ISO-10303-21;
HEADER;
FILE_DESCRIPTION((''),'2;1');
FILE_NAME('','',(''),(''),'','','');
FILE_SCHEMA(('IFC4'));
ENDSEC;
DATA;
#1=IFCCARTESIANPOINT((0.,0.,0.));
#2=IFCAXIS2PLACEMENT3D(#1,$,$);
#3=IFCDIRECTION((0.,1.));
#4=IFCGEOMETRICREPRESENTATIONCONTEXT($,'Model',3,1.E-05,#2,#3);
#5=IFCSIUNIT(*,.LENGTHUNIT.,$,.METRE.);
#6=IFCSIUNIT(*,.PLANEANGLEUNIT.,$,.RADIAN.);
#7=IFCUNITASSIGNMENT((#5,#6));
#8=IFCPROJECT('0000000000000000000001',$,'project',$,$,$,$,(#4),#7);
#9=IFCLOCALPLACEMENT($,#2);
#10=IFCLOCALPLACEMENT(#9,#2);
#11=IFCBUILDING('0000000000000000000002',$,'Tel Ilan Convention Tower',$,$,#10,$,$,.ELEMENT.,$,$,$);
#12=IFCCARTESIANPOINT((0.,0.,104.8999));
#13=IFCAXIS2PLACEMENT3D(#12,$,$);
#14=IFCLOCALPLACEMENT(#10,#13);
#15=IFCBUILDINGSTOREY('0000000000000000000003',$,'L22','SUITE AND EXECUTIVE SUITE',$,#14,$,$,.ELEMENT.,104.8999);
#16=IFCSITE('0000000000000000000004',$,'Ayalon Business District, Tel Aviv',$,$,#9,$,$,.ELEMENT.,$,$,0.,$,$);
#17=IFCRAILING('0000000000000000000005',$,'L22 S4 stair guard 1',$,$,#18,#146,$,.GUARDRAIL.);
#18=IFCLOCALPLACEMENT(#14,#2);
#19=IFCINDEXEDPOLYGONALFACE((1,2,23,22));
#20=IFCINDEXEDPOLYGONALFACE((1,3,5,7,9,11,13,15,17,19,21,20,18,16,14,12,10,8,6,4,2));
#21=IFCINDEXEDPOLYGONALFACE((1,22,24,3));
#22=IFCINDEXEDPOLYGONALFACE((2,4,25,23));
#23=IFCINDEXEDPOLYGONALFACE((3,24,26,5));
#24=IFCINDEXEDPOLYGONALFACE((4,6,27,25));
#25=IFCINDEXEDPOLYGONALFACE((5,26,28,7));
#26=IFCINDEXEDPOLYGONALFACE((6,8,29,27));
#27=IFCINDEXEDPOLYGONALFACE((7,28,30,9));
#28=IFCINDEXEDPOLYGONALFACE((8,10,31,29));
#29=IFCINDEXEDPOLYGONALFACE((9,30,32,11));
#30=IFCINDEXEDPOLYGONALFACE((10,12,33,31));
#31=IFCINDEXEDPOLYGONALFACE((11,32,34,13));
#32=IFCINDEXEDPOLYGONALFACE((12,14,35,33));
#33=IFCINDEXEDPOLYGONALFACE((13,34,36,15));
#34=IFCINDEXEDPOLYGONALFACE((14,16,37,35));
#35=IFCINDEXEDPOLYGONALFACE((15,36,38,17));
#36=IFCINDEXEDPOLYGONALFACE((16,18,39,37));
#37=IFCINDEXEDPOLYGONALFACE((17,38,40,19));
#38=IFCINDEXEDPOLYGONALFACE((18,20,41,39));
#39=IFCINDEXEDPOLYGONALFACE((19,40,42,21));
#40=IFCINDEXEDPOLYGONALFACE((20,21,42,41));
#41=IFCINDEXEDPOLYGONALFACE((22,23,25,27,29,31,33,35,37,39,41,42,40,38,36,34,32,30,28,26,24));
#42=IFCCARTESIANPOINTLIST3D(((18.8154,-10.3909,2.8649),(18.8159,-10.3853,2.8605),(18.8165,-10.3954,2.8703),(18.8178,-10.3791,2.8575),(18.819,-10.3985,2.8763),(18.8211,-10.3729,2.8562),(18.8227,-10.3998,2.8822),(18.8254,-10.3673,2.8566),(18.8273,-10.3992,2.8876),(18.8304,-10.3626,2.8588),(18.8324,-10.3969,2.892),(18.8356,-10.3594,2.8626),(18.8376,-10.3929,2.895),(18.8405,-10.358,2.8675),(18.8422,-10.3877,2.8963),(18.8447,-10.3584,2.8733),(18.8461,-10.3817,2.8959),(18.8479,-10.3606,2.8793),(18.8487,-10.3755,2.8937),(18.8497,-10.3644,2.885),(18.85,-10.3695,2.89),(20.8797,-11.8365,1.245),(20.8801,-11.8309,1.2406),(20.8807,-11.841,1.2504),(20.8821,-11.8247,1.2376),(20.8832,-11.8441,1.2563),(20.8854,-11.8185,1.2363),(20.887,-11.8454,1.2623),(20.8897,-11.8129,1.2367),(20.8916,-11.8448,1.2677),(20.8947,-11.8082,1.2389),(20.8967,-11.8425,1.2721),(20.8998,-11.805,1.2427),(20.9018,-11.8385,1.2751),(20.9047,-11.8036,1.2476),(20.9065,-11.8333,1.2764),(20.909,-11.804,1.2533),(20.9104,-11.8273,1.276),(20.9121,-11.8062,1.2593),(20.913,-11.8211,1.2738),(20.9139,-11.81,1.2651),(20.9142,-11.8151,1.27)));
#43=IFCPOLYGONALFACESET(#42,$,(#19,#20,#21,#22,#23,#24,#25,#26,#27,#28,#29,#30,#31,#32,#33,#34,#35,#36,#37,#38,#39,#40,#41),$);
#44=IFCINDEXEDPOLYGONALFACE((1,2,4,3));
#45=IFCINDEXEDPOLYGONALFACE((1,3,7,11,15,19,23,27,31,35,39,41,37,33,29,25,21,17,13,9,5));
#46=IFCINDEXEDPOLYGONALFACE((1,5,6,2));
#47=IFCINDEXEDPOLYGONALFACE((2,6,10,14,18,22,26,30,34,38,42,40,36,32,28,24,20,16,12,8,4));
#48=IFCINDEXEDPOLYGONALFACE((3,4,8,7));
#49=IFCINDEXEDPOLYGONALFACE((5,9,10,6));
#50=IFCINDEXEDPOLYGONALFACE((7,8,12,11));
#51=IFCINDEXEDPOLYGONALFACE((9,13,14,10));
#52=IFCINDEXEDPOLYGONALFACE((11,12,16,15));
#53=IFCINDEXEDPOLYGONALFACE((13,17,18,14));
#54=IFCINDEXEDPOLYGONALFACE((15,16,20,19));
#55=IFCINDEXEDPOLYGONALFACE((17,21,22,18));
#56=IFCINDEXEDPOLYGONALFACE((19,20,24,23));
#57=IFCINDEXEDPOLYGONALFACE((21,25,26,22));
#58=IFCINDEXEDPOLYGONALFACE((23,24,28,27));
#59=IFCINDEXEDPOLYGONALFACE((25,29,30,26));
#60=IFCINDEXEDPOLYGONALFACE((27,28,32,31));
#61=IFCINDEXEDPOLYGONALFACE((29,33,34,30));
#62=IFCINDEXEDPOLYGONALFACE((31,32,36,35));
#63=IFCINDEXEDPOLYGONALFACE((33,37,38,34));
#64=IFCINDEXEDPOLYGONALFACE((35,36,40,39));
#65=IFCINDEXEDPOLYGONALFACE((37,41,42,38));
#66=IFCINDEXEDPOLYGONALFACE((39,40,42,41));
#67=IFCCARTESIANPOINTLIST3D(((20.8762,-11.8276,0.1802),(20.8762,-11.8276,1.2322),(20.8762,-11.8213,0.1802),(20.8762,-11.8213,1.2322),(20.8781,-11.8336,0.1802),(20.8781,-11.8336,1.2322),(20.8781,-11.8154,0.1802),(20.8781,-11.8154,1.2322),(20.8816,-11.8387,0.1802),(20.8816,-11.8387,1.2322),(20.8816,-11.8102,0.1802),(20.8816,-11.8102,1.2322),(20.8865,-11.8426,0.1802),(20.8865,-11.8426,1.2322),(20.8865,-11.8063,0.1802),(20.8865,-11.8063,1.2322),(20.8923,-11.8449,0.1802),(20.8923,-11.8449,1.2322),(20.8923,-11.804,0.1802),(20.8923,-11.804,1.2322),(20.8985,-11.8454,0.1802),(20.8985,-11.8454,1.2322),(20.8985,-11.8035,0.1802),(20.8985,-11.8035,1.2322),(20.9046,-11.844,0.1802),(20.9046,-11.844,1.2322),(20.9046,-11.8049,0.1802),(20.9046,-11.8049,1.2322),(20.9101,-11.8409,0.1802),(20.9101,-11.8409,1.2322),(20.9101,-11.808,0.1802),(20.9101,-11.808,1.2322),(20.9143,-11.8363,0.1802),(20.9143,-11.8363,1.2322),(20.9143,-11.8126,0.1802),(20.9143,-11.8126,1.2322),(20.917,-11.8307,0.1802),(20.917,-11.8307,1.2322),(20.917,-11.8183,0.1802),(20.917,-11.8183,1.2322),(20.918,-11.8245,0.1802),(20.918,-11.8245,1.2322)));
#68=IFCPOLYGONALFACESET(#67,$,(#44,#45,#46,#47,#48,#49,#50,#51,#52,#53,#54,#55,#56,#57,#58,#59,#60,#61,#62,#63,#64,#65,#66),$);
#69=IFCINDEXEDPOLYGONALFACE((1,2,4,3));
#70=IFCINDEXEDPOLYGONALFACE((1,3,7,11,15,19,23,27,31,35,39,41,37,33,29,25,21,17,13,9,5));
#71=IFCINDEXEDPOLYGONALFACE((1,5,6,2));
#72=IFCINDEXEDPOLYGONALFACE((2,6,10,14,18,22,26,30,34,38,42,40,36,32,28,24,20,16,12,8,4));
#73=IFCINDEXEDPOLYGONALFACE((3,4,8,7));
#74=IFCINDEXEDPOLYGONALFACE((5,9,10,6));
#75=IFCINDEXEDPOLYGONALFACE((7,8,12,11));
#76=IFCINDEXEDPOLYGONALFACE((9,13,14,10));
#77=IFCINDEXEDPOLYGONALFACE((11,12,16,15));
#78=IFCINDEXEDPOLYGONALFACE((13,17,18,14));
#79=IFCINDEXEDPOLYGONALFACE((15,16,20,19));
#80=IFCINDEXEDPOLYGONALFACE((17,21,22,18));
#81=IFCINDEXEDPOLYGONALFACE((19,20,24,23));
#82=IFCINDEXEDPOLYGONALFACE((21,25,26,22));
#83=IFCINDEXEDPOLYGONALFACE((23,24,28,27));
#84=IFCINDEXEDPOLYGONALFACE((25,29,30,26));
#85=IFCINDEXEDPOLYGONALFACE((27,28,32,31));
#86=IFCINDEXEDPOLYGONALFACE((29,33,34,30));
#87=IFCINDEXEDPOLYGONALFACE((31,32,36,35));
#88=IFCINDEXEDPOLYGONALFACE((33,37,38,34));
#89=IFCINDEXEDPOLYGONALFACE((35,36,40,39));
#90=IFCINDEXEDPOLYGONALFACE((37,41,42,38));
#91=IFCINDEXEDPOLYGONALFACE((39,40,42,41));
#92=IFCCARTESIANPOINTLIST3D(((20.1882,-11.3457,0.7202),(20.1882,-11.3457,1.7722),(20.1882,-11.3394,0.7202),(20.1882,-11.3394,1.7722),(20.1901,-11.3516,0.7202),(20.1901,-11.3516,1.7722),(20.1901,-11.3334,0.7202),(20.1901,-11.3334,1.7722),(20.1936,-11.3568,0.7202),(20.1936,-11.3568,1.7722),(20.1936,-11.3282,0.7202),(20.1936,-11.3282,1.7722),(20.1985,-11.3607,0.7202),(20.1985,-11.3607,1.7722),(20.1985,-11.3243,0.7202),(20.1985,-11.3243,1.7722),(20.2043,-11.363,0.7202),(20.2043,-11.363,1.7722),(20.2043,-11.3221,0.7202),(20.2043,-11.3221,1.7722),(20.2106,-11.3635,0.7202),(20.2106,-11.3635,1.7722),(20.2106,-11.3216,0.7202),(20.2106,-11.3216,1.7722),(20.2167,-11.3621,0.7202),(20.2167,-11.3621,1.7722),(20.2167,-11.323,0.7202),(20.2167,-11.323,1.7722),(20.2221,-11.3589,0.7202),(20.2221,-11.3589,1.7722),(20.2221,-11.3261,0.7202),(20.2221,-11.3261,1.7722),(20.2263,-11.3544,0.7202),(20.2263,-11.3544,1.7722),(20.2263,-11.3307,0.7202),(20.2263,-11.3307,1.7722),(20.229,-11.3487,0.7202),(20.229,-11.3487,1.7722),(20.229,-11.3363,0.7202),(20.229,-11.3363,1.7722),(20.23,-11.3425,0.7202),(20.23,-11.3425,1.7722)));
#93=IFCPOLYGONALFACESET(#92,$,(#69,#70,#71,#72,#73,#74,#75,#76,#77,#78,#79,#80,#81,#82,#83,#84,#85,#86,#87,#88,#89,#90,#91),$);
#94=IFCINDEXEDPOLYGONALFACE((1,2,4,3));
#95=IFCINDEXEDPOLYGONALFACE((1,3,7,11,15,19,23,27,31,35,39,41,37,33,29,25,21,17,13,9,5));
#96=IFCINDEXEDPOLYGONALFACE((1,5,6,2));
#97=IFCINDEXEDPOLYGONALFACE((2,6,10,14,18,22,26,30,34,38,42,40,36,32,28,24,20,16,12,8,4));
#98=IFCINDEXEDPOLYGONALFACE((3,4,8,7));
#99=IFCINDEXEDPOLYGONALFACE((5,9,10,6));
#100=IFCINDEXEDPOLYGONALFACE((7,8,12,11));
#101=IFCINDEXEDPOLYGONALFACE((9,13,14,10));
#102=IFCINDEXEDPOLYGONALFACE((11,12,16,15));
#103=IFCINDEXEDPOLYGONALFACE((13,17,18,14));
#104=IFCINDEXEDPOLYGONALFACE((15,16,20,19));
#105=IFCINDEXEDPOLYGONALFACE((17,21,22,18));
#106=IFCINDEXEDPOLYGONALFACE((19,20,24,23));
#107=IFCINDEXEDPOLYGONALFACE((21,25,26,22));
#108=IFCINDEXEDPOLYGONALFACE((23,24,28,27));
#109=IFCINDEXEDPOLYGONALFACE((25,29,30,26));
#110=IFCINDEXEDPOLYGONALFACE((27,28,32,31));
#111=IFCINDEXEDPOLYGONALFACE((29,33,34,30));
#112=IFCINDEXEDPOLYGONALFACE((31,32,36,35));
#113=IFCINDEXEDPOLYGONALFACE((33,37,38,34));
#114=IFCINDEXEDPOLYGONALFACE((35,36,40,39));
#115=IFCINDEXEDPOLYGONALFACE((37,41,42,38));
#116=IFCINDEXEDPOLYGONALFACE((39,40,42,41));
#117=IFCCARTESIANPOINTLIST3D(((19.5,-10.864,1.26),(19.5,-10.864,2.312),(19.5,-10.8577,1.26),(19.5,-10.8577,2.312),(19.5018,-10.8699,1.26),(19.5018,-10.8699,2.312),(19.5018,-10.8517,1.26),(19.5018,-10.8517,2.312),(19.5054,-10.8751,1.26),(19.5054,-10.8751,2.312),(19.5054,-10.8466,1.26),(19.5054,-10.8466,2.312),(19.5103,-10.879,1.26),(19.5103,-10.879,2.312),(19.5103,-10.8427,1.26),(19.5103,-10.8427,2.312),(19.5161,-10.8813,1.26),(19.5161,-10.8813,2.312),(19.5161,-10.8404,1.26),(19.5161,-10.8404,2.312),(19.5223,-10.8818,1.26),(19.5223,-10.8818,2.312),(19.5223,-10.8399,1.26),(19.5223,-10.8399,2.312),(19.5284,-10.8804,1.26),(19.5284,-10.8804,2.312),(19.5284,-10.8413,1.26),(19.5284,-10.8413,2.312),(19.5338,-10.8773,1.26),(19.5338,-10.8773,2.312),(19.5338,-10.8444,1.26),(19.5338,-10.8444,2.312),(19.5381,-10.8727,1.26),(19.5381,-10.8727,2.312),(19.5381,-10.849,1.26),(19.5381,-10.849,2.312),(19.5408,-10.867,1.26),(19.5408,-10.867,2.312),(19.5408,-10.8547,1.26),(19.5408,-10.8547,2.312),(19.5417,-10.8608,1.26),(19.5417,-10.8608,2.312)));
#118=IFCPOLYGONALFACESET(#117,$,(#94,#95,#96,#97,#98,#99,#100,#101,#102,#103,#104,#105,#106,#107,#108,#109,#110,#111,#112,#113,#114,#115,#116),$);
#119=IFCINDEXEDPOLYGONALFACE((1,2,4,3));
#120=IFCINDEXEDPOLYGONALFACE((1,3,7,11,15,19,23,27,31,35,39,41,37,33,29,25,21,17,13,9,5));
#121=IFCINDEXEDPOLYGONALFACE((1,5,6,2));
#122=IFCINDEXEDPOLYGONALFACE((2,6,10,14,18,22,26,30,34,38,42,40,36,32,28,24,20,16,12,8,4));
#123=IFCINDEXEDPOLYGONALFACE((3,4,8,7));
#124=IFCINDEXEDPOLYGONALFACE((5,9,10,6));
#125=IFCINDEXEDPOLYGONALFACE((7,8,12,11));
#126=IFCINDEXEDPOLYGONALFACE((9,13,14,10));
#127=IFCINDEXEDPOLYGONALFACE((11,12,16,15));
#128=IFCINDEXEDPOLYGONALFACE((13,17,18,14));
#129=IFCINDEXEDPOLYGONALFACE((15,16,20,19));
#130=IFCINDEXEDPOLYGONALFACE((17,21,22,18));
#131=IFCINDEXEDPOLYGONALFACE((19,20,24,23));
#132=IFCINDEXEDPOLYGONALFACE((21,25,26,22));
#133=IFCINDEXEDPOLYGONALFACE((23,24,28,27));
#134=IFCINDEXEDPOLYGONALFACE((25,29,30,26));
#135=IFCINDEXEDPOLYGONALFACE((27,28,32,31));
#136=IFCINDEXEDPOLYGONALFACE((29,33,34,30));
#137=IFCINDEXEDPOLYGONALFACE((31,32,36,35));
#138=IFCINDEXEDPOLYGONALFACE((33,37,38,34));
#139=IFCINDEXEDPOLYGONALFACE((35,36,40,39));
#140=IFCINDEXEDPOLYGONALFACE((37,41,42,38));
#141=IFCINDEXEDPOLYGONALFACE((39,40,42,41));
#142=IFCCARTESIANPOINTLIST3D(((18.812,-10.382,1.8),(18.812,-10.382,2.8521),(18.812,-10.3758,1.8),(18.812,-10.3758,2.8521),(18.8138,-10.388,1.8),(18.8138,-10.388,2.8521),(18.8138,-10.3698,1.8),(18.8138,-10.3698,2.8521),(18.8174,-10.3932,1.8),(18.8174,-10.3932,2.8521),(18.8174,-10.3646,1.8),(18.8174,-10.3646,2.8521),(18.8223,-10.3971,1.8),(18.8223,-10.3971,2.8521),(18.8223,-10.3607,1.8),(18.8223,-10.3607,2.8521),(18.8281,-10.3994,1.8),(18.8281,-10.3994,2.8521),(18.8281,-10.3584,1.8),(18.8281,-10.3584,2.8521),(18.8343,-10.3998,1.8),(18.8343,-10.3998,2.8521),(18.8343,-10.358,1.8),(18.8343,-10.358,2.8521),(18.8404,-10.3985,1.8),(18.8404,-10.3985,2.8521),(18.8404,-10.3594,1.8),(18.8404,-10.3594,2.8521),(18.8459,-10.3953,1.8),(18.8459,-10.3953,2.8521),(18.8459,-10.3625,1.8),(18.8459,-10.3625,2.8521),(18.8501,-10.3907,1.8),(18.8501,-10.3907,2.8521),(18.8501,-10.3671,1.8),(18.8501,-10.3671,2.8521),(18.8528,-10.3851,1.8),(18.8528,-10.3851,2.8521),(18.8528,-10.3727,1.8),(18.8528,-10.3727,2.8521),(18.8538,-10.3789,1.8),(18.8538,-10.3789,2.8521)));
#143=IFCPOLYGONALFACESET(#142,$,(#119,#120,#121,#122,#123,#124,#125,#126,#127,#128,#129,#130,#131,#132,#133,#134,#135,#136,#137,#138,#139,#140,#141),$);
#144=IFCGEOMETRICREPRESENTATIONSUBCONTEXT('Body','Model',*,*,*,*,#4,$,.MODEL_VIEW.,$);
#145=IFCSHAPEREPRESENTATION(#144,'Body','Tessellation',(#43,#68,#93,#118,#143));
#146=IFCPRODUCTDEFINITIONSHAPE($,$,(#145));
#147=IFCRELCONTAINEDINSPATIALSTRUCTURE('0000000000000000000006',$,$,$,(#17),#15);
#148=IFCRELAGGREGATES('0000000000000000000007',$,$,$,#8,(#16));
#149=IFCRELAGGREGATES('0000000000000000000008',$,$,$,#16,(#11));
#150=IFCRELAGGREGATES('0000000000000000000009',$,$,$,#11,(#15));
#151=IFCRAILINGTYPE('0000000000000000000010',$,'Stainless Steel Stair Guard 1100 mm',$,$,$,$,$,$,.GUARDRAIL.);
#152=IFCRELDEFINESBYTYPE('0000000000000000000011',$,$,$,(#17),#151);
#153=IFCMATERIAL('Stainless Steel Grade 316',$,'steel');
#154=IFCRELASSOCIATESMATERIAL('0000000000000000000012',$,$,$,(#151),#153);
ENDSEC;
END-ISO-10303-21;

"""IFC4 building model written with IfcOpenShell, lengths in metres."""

from ifc_helpers import new_model, si_unit, direction, frame, origin, origin_2d, place, context, subcontext, project, spatial, circle, extrude, material, type_object, element, save


model = new_model("IFC4")

# Units and contexts
model_context = context("Model", 3, precision=1e-05, world=origin(), true_north=direction((0.0, 1.0)))
body_context = subcontext(model_context, "Body", "Model", "MODEL_VIEW")
ifc_project = project(units=[si_unit("LENGTHUNIT", "METRE"), si_unit("PLANEANGLEUNIT", "RADIAN")], contexts=[model_context])

# Site, building, storey
site_placement = place(None, origin())
site = spatial("IfcSite", under=ifc_project, at=site_placement, Name="Ayalon Business District, Tel Aviv", CompositionType="ELEMENT", RefElevation=0.0)
building_placement = place(site_placement, origin())
building = spatial("IfcBuilding", under=site, at=building_placement, Name="Tel Ilan Convention Tower", CompositionType="ELEMENT")
storey_placement = place(building_placement, frame((0.0, 0.0, 104.8999)))
storey = spatial("IfcBuildingStorey", under=building, at=storey_placement, Name="L22", Description="SUITE AND EXECUTIVE SUITE", CompositionType="ELEMENT", Elevation=104.8999)

# Railing
ifc_material_1 = material(Name="Stainless Steel Grade 316", Category="steel")
railing_type_1 = type_object("IfcRailingType", Name="Stainless Steel Stair Guard 1100 mm", PredefinedType="GUARDRAIL", material=ifc_material_1)
railing_1_placement = place(storey_placement, frame((20.897, -11.8245, 0.1802)))
element("IfcRailing", 1, at=railing_1_placement, inside=storey, type_object=railing_type_1, Name="L22 S4 stair guard 1", PredefinedType="GUARDRAIL", context=body_context, shape_type="SweptSolid", body=[
    extrude(circle(Radius=0.0239, at=origin_2d()), frame((0.0, 0.0, 1.0762), z_axis=(-0.689043, 0.482534, 0.540722), x_axis=(-0.573625, -0.819118, 0.0)), (0.0, 0.0, 1.0), 2.9958),
    extrude(circle(Radius=0.021, at=origin_2d()), origin(), (0.0, 0.0, 1.0), 1.052),
    extrude(circle(Radius=0.021, at=origin_2d()), frame((-0.688, 0.4819, 0.54)), (0.0, 0.0, 1.0), 1.052),
    extrude(circle(Radius=0.021, at=origin_2d()), frame((-1.3762, 0.9636, 1.0798)), (0.0, 0.0, 1.0), 1.052),
    extrude(circle(Radius=0.021, at=origin_2d()), frame((-2.0642, 1.4456, 1.6199)), (0.0, 0.0, 1.0), 1.052),
])

save(model, "model.ifc")
